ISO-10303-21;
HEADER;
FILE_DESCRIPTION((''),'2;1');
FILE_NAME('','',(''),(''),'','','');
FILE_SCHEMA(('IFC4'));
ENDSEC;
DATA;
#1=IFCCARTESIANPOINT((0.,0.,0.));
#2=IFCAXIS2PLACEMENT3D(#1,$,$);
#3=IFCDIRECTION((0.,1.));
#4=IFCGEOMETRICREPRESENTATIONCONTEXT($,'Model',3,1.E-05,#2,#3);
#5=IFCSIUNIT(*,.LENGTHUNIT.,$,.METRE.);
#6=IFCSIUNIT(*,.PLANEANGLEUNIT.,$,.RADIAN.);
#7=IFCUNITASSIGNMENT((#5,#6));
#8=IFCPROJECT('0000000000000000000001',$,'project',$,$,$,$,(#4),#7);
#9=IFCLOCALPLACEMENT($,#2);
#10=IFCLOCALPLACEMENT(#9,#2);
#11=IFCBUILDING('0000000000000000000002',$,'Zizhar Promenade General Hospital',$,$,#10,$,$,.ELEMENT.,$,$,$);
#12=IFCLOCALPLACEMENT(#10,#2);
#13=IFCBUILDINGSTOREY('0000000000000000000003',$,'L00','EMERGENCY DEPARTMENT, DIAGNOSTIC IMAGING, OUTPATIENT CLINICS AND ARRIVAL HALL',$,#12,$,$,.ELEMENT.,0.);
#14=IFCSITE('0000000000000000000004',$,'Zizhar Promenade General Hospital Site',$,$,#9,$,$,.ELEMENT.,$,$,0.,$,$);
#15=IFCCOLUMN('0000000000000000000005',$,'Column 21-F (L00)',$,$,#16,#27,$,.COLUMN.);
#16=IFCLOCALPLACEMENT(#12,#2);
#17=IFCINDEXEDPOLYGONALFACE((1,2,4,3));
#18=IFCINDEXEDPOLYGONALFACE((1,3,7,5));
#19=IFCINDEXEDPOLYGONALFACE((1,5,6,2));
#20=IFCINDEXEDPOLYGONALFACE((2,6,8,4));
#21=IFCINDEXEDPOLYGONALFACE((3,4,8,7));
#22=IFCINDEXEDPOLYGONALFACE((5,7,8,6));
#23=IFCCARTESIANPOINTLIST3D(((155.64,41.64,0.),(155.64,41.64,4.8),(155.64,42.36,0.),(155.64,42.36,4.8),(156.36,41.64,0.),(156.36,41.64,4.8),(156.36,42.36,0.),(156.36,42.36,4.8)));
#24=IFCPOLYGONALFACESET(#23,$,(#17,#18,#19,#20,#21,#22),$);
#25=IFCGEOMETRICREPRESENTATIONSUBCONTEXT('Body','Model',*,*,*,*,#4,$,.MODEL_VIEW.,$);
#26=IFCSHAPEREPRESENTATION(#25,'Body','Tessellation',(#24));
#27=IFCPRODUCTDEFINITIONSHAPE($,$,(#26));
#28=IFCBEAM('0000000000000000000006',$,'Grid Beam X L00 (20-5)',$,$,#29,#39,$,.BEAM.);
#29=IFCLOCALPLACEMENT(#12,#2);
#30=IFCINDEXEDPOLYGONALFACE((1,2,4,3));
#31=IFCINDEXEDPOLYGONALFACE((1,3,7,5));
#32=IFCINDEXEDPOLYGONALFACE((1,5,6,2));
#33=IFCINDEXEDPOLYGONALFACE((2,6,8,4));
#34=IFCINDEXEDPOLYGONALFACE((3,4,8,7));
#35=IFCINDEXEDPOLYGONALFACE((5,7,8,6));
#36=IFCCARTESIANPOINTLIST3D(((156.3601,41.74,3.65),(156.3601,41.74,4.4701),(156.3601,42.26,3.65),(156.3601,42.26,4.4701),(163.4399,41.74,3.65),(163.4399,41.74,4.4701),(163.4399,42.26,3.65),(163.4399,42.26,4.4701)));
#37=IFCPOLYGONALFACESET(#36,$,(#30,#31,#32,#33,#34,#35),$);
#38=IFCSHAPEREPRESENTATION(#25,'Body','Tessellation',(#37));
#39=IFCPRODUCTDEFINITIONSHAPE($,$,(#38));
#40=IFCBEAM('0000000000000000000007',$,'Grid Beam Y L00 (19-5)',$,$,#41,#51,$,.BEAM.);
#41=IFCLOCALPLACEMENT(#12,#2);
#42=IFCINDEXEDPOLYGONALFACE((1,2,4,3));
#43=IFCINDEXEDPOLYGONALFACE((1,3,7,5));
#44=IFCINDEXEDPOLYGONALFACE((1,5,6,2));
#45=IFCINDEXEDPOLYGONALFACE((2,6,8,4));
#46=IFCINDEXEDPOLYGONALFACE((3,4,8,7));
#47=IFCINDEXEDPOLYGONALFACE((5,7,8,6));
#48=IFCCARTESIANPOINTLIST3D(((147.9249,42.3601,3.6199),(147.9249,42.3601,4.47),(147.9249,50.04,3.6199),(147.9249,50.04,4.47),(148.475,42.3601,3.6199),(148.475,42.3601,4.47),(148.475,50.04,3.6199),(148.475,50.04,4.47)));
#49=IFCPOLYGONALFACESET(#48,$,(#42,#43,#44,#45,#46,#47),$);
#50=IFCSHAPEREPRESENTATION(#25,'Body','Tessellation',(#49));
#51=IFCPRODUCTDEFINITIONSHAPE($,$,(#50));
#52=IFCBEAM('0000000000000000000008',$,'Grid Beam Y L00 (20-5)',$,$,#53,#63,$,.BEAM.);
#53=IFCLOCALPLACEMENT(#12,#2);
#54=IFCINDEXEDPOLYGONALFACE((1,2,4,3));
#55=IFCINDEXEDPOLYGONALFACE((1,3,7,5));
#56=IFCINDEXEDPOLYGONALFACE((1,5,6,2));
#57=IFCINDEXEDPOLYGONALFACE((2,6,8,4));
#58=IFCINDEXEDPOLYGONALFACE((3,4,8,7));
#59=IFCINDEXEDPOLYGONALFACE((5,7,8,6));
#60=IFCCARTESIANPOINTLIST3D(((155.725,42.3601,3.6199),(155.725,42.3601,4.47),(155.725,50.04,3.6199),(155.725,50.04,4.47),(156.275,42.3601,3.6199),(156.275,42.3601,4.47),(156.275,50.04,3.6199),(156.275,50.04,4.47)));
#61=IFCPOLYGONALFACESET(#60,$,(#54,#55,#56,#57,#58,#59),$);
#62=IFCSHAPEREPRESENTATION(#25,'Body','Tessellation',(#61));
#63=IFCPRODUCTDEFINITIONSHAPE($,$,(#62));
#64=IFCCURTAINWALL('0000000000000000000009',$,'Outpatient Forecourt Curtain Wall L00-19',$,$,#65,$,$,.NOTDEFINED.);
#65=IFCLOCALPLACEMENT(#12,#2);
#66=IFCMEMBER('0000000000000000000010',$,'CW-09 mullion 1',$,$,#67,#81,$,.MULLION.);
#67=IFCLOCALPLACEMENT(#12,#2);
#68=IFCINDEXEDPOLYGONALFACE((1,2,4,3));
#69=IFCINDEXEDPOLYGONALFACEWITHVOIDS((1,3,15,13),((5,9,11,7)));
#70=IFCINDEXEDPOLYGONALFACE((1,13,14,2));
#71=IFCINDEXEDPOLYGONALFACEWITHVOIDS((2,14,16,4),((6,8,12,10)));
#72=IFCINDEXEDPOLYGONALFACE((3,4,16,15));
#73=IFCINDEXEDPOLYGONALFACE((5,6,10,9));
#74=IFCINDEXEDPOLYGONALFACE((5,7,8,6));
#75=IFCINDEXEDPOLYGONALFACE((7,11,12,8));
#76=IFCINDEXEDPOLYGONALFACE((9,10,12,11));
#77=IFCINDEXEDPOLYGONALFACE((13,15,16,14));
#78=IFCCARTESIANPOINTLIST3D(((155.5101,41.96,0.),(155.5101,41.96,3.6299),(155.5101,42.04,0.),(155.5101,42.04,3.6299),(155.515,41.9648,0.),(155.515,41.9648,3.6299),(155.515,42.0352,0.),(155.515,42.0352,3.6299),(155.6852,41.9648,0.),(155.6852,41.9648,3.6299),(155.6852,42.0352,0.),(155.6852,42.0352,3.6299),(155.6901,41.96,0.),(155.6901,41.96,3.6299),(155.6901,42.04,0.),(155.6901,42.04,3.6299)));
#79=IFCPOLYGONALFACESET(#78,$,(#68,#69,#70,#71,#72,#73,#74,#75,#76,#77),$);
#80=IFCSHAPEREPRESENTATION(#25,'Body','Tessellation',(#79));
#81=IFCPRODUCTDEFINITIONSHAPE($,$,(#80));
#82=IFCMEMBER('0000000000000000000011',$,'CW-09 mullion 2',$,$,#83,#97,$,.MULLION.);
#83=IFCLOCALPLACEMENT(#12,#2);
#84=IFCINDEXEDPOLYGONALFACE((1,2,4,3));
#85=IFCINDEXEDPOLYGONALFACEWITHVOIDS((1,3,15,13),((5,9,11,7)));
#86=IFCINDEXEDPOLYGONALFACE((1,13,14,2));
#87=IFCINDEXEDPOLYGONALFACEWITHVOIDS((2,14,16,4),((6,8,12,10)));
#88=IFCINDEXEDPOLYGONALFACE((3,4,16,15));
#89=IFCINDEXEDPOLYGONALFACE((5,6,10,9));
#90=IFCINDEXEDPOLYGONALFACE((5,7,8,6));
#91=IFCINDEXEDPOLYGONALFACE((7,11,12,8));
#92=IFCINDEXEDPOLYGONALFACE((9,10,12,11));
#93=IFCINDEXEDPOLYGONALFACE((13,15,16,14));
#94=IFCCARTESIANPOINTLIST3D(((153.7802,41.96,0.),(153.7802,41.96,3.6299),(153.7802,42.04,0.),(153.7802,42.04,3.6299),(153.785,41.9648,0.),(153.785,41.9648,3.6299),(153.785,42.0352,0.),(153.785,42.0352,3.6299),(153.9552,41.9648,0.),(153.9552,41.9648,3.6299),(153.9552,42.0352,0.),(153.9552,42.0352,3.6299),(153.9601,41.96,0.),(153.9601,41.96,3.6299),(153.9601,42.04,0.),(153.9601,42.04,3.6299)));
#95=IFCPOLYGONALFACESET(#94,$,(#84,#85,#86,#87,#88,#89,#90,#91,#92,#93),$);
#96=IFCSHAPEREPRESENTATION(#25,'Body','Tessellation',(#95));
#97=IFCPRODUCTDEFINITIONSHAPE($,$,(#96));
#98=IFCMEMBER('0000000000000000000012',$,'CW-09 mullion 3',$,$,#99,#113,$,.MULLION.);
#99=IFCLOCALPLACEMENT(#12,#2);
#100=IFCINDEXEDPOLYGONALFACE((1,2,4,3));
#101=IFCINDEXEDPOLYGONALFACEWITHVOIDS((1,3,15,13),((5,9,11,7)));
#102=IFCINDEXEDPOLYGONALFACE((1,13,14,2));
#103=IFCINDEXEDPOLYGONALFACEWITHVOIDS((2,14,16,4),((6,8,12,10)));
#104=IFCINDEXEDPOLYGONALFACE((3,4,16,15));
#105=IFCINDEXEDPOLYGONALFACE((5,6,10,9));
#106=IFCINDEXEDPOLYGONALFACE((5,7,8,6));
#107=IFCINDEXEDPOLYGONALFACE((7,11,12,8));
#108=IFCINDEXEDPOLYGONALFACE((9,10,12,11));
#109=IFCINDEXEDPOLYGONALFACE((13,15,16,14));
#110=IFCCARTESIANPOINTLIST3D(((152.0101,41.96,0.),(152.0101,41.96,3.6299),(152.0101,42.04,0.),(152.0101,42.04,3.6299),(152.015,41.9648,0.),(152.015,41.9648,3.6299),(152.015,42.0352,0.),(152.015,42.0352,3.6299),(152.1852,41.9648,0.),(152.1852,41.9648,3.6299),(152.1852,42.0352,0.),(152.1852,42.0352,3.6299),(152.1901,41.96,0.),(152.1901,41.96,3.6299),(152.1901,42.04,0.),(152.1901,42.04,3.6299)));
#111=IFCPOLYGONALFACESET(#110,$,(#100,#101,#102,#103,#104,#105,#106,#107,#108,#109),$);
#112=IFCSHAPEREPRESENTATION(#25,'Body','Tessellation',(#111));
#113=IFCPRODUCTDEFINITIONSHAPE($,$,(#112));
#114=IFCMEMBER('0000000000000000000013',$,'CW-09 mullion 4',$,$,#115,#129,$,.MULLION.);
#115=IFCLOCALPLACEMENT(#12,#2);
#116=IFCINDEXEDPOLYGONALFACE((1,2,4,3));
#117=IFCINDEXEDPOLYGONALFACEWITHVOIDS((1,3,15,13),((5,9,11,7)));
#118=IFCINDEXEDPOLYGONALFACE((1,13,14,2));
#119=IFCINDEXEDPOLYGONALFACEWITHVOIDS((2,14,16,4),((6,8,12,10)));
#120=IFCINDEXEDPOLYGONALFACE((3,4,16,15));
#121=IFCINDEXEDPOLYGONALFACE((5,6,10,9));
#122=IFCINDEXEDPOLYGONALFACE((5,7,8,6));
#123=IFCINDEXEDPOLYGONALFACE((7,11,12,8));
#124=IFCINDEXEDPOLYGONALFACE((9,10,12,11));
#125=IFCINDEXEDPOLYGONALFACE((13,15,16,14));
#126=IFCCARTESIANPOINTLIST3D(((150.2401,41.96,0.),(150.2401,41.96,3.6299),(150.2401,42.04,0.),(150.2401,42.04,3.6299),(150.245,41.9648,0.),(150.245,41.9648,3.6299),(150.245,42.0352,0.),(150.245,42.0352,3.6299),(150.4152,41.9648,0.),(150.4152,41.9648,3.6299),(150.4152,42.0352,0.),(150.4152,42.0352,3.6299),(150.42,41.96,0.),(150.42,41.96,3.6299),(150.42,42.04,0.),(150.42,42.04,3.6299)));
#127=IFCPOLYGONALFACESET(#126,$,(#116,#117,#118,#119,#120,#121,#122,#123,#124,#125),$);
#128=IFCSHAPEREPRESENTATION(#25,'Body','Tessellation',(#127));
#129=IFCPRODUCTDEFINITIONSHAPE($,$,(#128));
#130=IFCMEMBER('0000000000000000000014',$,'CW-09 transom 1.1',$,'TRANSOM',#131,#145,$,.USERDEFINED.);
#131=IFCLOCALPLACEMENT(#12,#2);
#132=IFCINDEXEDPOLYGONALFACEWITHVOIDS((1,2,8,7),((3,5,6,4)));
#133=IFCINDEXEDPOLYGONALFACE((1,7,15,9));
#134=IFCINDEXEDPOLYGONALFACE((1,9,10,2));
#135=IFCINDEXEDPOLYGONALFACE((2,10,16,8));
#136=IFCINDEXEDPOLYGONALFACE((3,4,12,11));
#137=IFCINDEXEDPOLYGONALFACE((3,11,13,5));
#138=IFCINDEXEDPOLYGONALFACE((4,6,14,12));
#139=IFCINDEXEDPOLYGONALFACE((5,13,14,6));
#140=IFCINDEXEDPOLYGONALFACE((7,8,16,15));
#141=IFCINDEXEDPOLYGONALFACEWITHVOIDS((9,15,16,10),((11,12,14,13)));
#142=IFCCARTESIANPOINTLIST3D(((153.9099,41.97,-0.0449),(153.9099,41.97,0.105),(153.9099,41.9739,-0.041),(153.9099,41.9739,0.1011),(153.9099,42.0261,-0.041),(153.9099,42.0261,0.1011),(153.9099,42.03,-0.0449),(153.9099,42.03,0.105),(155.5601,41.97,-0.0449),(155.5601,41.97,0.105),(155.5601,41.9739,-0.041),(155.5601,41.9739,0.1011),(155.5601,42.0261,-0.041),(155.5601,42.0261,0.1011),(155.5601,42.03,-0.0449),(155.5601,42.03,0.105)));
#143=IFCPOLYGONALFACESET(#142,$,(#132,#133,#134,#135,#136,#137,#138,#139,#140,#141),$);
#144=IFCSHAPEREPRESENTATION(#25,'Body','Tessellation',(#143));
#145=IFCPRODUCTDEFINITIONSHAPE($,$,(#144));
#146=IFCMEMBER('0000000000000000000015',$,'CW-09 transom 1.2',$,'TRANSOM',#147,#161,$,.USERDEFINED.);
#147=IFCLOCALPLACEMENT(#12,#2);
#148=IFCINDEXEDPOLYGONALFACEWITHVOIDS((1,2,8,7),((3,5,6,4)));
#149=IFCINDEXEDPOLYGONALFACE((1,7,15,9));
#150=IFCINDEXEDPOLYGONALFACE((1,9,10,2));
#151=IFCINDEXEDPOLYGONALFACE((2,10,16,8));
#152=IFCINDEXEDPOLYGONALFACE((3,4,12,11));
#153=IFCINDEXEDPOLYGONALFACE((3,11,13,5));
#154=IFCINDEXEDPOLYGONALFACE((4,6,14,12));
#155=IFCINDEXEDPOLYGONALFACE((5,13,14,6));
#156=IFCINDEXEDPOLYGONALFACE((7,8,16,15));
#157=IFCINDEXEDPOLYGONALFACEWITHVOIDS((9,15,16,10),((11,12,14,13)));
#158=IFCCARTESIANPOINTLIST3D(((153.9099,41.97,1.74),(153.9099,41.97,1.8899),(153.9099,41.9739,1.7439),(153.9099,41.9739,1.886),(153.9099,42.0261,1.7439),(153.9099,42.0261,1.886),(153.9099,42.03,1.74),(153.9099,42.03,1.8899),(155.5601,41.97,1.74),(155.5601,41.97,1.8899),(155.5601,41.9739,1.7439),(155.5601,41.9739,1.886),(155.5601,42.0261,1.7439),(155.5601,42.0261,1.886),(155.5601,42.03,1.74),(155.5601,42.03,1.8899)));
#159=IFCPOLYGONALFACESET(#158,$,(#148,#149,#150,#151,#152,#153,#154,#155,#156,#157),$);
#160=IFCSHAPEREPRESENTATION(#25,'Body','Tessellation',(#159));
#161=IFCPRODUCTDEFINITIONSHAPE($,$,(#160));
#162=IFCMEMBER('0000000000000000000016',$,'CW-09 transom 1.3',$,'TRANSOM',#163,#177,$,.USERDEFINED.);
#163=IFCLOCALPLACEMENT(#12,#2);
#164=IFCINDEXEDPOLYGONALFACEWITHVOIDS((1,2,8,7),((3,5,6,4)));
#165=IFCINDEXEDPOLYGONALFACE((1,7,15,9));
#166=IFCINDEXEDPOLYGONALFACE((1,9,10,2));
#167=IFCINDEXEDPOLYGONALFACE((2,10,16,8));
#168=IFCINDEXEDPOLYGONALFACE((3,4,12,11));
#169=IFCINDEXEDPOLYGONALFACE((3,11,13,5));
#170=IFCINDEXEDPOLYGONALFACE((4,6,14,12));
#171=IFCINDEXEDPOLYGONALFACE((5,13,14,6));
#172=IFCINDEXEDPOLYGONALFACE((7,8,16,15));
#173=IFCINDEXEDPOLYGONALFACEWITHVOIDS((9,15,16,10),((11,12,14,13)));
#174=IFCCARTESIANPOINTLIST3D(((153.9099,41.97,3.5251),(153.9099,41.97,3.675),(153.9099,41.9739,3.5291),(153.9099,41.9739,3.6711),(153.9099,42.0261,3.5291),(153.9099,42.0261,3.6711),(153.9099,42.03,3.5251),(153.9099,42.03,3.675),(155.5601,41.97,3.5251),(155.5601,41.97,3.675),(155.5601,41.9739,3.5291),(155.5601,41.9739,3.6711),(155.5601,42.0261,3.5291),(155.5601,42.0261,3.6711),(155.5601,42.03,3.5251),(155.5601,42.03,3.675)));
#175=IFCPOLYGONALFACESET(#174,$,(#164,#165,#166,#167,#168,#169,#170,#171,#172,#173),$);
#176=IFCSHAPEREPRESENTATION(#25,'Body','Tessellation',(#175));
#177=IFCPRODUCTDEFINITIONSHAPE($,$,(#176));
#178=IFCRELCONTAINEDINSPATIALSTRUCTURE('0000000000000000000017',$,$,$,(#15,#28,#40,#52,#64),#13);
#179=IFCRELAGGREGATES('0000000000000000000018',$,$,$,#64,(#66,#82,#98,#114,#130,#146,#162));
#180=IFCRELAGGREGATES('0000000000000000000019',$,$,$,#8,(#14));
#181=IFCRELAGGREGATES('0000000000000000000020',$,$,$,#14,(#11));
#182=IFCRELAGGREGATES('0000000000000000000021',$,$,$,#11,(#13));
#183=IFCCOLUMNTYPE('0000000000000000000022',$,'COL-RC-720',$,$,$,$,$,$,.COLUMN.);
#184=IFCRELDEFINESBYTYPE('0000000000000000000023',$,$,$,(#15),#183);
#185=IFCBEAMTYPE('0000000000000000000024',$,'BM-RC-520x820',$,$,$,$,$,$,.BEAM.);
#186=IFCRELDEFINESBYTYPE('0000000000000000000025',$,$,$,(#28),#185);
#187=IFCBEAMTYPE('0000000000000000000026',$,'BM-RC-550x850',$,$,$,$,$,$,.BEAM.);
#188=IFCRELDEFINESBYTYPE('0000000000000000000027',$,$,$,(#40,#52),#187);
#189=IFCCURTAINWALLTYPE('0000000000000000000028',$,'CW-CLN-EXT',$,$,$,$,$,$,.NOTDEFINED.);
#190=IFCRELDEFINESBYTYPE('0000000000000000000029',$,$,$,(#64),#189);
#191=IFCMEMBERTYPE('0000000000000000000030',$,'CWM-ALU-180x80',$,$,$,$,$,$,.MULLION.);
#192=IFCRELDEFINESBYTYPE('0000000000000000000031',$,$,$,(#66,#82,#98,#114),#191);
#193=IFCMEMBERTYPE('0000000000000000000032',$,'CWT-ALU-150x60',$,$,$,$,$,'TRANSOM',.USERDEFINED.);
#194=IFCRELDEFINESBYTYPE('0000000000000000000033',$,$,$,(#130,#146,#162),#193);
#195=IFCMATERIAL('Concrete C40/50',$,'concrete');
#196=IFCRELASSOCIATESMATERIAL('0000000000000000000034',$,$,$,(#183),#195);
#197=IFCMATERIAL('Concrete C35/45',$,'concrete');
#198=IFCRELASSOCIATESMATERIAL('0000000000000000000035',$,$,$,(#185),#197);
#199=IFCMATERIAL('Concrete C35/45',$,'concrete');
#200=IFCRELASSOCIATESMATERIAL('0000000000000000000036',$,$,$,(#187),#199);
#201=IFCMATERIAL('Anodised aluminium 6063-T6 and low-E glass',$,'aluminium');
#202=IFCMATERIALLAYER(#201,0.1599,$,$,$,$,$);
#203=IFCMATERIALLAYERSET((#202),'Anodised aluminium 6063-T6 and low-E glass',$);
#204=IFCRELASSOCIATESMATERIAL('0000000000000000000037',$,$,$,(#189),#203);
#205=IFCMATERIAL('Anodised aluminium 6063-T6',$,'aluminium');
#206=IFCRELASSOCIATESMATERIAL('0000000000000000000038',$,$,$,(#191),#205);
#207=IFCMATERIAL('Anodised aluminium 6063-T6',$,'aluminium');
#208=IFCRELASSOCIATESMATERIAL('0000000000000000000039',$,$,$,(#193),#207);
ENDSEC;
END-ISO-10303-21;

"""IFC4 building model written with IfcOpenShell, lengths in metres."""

from ifc_helpers import new_model, si_unit, direction, frame, origin, origin_2d, place, context, subcontext, project, spatial, rectangle, hollow_rectangle, extrude, material, layer, layer_set, material_profile, profile_set, type_object, element, aggregate, save


model = new_model("IFC4")

# Units and contexts
model_context = context("Model", 3, precision=1e-05, world=origin(), true_north=direction((0.0, 1.0)))
body_context = subcontext(model_context, "Body", "Model", "MODEL_VIEW")
ifc_project = project(units=[si_unit("LENGTHUNIT", "METRE"), si_unit("PLANEANGLEUNIT", "RADIAN")], contexts=[model_context])

# Site, building, storey
site_placement = place(None, origin())
site = spatial("IfcSite", under=ifc_project, at=site_placement, Name="Zizhar Promenade General Hospital Site", CompositionType="ELEMENT", RefElevation=0.0)
building_placement = place(site_placement, origin())
building = spatial("IfcBuilding", under=site, at=building_placement, Name="Zizhar Promenade General Hospital", CompositionType="ELEMENT")
storey_placement = place(building_placement, origin())
storey = spatial("IfcBuildingStorey", under=building, at=storey_placement, Name="L00", Description="EMERGENCY DEPARTMENT, DIAGNOSTIC IMAGING, OUTPATIENT CLINICS AND ARRIVAL HALL", CompositionType="ELEMENT", Elevation=0.0)

# Column
ifc_material_1 = material(Name="Concrete C40/50", Category="concrete")
ifc_material_profile_1 = material_profile(ifc_material_1, rectangle(XDim=0.72, YDim=0.72, at=origin_2d()))
ifc_profile_set_1 = profile_set([ifc_material_profile_1], Name="Concrete C40/50")
column_type = type_object("IfcColumnType", Name="COL-RC-720", PredefinedType="COLUMN", material=ifc_profile_set_1)
column_placement = place(storey_placement, frame((156.0, 42.0, 0.0), z_axis=(0.0, 0.0, 1.0), x_axis=(1.0, 0.0, 0.0)))
element("IfcColumn", 1, at=column_placement, inside=storey, type_object=column_type, Name="Column 21-F (L00)", PredefinedType="COLUMN", context=body_context, shape_type="SweptSolid", body=[
    extrude(rectangle(XDim=0.72, YDim=0.72, at=origin_2d()), origin(), (0.0, 0.0, 1.0), 4.8),
])

# Beams
ifc_material_2 = material(Name="Concrete C35/45", Category="concrete")
ifc_material_profile_2 = material_profile(ifc_material_2, rectangle(XDim=0.52, YDim=0.8201, at=origin_2d()))
ifc_profile_set_2 = profile_set([ifc_material_profile_2], Name="Concrete C35/45")
beam_type_1 = type_object("IfcBeamType", Name="BM-RC-520x820", PredefinedType="BEAM", material=ifc_profile_set_2)
beam_placement = place(storey_placement, frame((156.3601, 42.0, 4.0601), z_axis=(1.0, 0.0, 0.0), x_axis=(0.0, 1.0, 0.0)))
element("IfcBeam", 2, at=beam_placement, inside=storey, type_object=beam_type_1, Name="Grid Beam X L00 (20-5)", PredefinedType="BEAM", context=body_context, shape_type="SweptSolid", body=[
    extrude(rectangle(XDim=0.52, YDim=0.8201, at=origin_2d()), origin(), (0.0, 0.0, 1.0), 7.0798),
])
ifc_material_3 = material(Name="Concrete C35/45", Category="concrete")
ifc_material_profile_3 = material_profile(ifc_material_3, rectangle(XDim=0.55, YDim=0.8501, at=origin_2d()))
ifc_profile_set_3 = profile_set([ifc_material_profile_3], Name="Concrete C35/45")
beam_type_2 = type_object("IfcBeamType", Name="BM-RC-550x850", PredefinedType="BEAM", material=ifc_profile_set_3)
for number, where, z_axis, x_axis, name in (
    (3, (148.2, 42.3601, 4.0449), (0.0, 1.0, 0.0), (-1.0, 0.0, 0.0), "Grid Beam Y L00 (19-5)"),
    (4, (156.0, 42.3601, 4.0449), (0.0, 1.0, 0.0), (-1.0, 0.0, 0.0), "Grid Beam Y L00 (20-5)"),
):
    element("IfcBeam", number, at=place(storey_placement, frame(where, z_axis=z_axis, x_axis=x_axis)), inside=storey, type_object=beam_type_2, Name=name, PredefinedType="BEAM", context=body_context, shape_type="SweptSolid", body=[
        extrude(rectangle(XDim=0.55, YDim=0.8501, at=origin_2d()), origin(), (0.0, 0.0, 1.0), 7.6799),
    ])

# Curtain wall, members
ifc_material_4 = material(Name="Anodised aluminium 6063-T6 and low-E glass", Category="aluminium")
ifc_layer_1 = layer(ifc_material_4, 0.1599)
ifc_layer_set_1 = layer_set([ifc_layer_1], Name="Anodised aluminium 6063-T6 and low-E glass")
curtain_wall_type = type_object("IfcCurtainWallType", Name="CW-CLN-EXT", PredefinedType="NOTDEFINED", material=ifc_layer_set_1)
curtain_wall_placement = place(storey_placement, origin())
curtain_wall = element("IfcCurtainWall", 5, at=curtain_wall_placement, inside=storey, type_object=curtain_wall_type, Name="Outpatient Forecourt Curtain Wall L00-19", PredefinedType="NOTDEFINED")
ifc_material_5 = material(Name="Anodised aluminium 6063-T6", Category="aluminium")
ifc_material_profile_4 = material_profile(ifc_material_5, hollow_rectangle(XDim=0.0801, YDim=0.1799, WallThickness=0.0049, at=origin_2d()))
ifc_profile_set_4 = profile_set([ifc_material_profile_4], Name="Anodised aluminium 6063-T6")
member_type_1 = type_object("IfcMemberType", Name="CWM-ALU-180x80", PredefinedType="MULLION", material=ifc_profile_set_4)
member_1_placement = place(storey_placement, frame((155.6001, 42.0, 0.0), z_axis=(0.0, 0.0, 1.0), x_axis=(0.0, -1.0, 0.0)))
member_1 = element("IfcMember", 6, at=member_1_placement, type_object=member_type_1, Name="CW-09 mullion 1", PredefinedType="MULLION", context=body_context, shape_type="SweptSolid", body=[
    extrude(hollow_rectangle(XDim=0.0801, YDim=0.1799, WallThickness=0.0049, at=origin_2d()), origin(), (0.0, 0.0, 1.0), 3.6299),
])
member_2_placement = place(storey_placement, frame((153.8701, 42.0, 0.0), z_axis=(0.0, 0.0, 1.0), x_axis=(0.0, -1.0, 0.0)))
member_2 = element("IfcMember", 7, at=member_2_placement, type_object=member_type_1, Name="CW-09 mullion 2", PredefinedType="MULLION", context=body_context, shape_type="SweptSolid", body=[
    extrude(hollow_rectangle(XDim=0.0801, YDim=0.1799, WallThickness=0.0049, at=origin_2d()), origin(), (0.0, 0.0, 1.0), 3.6299),
])
member_3_placement = place(storey_placement, frame((152.1001, 42.0, 0.0), z_axis=(0.0, 0.0, 1.0), x_axis=(0.0, -1.0, 0.0)))
member_3 = element("IfcMember", 8, at=member_3_placement, type_object=member_type_1, Name="CW-09 mullion 3", PredefinedType="MULLION", context=body_context, shape_type="SweptSolid", body=[
    extrude(hollow_rectangle(XDim=0.0801, YDim=0.1799, WallThickness=0.0049, at=origin_2d()), origin(), (0.0, 0.0, 1.0), 3.6299),
])
member_4_placement = place(storey_placement, frame((150.3301, 42.0, 0.0), z_axis=(0.0, 0.0, 1.0), x_axis=(0.0, -1.0, 0.0)))
member_4 = element("IfcMember", 9, at=member_4_placement, type_object=member_type_1, Name="CW-09 mullion 4", PredefinedType="MULLION", context=body_context, shape_type="SweptSolid", body=[
    extrude(hollow_rectangle(XDim=0.0801, YDim=0.1799, WallThickness=0.0049, at=origin_2d()), origin(), (0.0, 0.0, 1.0), 3.6299),
])
ifc_material_6 = material(Name="Anodised aluminium 6063-T6", Category="aluminium")
ifc_material_profile_5 = material_profile(ifc_material_6, hollow_rectangle(XDim=0.0601, YDim=0.1499, WallThickness=0.0039, at=origin_2d()))
ifc_profile_set_5 = profile_set([ifc_material_profile_5], Name="Anodised aluminium 6063-T6")
member_type_2 = type_object("IfcMemberType", Name="CWT-ALU-150x60", ElementType="TRANSOM", PredefinedType="USERDEFINED", material=ifc_profile_set_5)
member_5_placement = place(storey_placement, frame((155.5601, 42.0, 0.03), z_axis=(-1.0, 0.0, 0.0), x_axis=(0.0, -1.0, 0.0)))
member_5 = element("IfcMember", 10, at=member_5_placement, type_object=member_type_2, Name="CW-09 transom 1.1", ObjectType="TRANSOM", PredefinedType="USERDEFINED", context=body_context, shape_type="SweptSolid", body=[
    extrude(hollow_rectangle(XDim=0.0601, YDim=0.1499, WallThickness=0.0039, at=origin_2d()), origin(), (0.0, 0.0, 1.0), 1.6501),
])
member_6_placement = place(storey_placement, frame((155.5601, 42.0, 1.8149), z_axis=(-1.0, 0.0, 0.0), x_axis=(0.0, -1.0, 0.0)))
member_6 = element("IfcMember", 11, at=member_6_placement, type_object=member_type_2, Name="CW-09 transom 1.2", ObjectType="TRANSOM", PredefinedType="USERDEFINED", context=body_context, shape_type="SweptSolid", body=[
    extrude(hollow_rectangle(XDim=0.0601, YDim=0.1499, WallThickness=0.0039, at=origin_2d()), origin(), (0.0, 0.0, 1.0), 1.6501),
])
member_7_placement = place(storey_placement, frame((155.5601, 42.0, 3.6001), z_axis=(-1.0, 0.0, 0.0), x_axis=(0.0, -1.0, 0.0)))
member_7 = element("IfcMember", 12, at=member_7_placement, type_object=member_type_2, Name="CW-09 transom 1.3", ObjectType="TRANSOM", PredefinedType="USERDEFINED", context=body_context, shape_type="SweptSolid", body=[
    extrude(hollow_rectangle(XDim=0.0601, YDim=0.1499, WallThickness=0.0039, at=origin_2d()), origin(), (0.0, 0.0, 1.0), 1.6501),
])
aggregate(curtain_wall, [member_1, member_2, member_3, member_4, member_5, member_6, member_7])

save(model, "model.ifc")
